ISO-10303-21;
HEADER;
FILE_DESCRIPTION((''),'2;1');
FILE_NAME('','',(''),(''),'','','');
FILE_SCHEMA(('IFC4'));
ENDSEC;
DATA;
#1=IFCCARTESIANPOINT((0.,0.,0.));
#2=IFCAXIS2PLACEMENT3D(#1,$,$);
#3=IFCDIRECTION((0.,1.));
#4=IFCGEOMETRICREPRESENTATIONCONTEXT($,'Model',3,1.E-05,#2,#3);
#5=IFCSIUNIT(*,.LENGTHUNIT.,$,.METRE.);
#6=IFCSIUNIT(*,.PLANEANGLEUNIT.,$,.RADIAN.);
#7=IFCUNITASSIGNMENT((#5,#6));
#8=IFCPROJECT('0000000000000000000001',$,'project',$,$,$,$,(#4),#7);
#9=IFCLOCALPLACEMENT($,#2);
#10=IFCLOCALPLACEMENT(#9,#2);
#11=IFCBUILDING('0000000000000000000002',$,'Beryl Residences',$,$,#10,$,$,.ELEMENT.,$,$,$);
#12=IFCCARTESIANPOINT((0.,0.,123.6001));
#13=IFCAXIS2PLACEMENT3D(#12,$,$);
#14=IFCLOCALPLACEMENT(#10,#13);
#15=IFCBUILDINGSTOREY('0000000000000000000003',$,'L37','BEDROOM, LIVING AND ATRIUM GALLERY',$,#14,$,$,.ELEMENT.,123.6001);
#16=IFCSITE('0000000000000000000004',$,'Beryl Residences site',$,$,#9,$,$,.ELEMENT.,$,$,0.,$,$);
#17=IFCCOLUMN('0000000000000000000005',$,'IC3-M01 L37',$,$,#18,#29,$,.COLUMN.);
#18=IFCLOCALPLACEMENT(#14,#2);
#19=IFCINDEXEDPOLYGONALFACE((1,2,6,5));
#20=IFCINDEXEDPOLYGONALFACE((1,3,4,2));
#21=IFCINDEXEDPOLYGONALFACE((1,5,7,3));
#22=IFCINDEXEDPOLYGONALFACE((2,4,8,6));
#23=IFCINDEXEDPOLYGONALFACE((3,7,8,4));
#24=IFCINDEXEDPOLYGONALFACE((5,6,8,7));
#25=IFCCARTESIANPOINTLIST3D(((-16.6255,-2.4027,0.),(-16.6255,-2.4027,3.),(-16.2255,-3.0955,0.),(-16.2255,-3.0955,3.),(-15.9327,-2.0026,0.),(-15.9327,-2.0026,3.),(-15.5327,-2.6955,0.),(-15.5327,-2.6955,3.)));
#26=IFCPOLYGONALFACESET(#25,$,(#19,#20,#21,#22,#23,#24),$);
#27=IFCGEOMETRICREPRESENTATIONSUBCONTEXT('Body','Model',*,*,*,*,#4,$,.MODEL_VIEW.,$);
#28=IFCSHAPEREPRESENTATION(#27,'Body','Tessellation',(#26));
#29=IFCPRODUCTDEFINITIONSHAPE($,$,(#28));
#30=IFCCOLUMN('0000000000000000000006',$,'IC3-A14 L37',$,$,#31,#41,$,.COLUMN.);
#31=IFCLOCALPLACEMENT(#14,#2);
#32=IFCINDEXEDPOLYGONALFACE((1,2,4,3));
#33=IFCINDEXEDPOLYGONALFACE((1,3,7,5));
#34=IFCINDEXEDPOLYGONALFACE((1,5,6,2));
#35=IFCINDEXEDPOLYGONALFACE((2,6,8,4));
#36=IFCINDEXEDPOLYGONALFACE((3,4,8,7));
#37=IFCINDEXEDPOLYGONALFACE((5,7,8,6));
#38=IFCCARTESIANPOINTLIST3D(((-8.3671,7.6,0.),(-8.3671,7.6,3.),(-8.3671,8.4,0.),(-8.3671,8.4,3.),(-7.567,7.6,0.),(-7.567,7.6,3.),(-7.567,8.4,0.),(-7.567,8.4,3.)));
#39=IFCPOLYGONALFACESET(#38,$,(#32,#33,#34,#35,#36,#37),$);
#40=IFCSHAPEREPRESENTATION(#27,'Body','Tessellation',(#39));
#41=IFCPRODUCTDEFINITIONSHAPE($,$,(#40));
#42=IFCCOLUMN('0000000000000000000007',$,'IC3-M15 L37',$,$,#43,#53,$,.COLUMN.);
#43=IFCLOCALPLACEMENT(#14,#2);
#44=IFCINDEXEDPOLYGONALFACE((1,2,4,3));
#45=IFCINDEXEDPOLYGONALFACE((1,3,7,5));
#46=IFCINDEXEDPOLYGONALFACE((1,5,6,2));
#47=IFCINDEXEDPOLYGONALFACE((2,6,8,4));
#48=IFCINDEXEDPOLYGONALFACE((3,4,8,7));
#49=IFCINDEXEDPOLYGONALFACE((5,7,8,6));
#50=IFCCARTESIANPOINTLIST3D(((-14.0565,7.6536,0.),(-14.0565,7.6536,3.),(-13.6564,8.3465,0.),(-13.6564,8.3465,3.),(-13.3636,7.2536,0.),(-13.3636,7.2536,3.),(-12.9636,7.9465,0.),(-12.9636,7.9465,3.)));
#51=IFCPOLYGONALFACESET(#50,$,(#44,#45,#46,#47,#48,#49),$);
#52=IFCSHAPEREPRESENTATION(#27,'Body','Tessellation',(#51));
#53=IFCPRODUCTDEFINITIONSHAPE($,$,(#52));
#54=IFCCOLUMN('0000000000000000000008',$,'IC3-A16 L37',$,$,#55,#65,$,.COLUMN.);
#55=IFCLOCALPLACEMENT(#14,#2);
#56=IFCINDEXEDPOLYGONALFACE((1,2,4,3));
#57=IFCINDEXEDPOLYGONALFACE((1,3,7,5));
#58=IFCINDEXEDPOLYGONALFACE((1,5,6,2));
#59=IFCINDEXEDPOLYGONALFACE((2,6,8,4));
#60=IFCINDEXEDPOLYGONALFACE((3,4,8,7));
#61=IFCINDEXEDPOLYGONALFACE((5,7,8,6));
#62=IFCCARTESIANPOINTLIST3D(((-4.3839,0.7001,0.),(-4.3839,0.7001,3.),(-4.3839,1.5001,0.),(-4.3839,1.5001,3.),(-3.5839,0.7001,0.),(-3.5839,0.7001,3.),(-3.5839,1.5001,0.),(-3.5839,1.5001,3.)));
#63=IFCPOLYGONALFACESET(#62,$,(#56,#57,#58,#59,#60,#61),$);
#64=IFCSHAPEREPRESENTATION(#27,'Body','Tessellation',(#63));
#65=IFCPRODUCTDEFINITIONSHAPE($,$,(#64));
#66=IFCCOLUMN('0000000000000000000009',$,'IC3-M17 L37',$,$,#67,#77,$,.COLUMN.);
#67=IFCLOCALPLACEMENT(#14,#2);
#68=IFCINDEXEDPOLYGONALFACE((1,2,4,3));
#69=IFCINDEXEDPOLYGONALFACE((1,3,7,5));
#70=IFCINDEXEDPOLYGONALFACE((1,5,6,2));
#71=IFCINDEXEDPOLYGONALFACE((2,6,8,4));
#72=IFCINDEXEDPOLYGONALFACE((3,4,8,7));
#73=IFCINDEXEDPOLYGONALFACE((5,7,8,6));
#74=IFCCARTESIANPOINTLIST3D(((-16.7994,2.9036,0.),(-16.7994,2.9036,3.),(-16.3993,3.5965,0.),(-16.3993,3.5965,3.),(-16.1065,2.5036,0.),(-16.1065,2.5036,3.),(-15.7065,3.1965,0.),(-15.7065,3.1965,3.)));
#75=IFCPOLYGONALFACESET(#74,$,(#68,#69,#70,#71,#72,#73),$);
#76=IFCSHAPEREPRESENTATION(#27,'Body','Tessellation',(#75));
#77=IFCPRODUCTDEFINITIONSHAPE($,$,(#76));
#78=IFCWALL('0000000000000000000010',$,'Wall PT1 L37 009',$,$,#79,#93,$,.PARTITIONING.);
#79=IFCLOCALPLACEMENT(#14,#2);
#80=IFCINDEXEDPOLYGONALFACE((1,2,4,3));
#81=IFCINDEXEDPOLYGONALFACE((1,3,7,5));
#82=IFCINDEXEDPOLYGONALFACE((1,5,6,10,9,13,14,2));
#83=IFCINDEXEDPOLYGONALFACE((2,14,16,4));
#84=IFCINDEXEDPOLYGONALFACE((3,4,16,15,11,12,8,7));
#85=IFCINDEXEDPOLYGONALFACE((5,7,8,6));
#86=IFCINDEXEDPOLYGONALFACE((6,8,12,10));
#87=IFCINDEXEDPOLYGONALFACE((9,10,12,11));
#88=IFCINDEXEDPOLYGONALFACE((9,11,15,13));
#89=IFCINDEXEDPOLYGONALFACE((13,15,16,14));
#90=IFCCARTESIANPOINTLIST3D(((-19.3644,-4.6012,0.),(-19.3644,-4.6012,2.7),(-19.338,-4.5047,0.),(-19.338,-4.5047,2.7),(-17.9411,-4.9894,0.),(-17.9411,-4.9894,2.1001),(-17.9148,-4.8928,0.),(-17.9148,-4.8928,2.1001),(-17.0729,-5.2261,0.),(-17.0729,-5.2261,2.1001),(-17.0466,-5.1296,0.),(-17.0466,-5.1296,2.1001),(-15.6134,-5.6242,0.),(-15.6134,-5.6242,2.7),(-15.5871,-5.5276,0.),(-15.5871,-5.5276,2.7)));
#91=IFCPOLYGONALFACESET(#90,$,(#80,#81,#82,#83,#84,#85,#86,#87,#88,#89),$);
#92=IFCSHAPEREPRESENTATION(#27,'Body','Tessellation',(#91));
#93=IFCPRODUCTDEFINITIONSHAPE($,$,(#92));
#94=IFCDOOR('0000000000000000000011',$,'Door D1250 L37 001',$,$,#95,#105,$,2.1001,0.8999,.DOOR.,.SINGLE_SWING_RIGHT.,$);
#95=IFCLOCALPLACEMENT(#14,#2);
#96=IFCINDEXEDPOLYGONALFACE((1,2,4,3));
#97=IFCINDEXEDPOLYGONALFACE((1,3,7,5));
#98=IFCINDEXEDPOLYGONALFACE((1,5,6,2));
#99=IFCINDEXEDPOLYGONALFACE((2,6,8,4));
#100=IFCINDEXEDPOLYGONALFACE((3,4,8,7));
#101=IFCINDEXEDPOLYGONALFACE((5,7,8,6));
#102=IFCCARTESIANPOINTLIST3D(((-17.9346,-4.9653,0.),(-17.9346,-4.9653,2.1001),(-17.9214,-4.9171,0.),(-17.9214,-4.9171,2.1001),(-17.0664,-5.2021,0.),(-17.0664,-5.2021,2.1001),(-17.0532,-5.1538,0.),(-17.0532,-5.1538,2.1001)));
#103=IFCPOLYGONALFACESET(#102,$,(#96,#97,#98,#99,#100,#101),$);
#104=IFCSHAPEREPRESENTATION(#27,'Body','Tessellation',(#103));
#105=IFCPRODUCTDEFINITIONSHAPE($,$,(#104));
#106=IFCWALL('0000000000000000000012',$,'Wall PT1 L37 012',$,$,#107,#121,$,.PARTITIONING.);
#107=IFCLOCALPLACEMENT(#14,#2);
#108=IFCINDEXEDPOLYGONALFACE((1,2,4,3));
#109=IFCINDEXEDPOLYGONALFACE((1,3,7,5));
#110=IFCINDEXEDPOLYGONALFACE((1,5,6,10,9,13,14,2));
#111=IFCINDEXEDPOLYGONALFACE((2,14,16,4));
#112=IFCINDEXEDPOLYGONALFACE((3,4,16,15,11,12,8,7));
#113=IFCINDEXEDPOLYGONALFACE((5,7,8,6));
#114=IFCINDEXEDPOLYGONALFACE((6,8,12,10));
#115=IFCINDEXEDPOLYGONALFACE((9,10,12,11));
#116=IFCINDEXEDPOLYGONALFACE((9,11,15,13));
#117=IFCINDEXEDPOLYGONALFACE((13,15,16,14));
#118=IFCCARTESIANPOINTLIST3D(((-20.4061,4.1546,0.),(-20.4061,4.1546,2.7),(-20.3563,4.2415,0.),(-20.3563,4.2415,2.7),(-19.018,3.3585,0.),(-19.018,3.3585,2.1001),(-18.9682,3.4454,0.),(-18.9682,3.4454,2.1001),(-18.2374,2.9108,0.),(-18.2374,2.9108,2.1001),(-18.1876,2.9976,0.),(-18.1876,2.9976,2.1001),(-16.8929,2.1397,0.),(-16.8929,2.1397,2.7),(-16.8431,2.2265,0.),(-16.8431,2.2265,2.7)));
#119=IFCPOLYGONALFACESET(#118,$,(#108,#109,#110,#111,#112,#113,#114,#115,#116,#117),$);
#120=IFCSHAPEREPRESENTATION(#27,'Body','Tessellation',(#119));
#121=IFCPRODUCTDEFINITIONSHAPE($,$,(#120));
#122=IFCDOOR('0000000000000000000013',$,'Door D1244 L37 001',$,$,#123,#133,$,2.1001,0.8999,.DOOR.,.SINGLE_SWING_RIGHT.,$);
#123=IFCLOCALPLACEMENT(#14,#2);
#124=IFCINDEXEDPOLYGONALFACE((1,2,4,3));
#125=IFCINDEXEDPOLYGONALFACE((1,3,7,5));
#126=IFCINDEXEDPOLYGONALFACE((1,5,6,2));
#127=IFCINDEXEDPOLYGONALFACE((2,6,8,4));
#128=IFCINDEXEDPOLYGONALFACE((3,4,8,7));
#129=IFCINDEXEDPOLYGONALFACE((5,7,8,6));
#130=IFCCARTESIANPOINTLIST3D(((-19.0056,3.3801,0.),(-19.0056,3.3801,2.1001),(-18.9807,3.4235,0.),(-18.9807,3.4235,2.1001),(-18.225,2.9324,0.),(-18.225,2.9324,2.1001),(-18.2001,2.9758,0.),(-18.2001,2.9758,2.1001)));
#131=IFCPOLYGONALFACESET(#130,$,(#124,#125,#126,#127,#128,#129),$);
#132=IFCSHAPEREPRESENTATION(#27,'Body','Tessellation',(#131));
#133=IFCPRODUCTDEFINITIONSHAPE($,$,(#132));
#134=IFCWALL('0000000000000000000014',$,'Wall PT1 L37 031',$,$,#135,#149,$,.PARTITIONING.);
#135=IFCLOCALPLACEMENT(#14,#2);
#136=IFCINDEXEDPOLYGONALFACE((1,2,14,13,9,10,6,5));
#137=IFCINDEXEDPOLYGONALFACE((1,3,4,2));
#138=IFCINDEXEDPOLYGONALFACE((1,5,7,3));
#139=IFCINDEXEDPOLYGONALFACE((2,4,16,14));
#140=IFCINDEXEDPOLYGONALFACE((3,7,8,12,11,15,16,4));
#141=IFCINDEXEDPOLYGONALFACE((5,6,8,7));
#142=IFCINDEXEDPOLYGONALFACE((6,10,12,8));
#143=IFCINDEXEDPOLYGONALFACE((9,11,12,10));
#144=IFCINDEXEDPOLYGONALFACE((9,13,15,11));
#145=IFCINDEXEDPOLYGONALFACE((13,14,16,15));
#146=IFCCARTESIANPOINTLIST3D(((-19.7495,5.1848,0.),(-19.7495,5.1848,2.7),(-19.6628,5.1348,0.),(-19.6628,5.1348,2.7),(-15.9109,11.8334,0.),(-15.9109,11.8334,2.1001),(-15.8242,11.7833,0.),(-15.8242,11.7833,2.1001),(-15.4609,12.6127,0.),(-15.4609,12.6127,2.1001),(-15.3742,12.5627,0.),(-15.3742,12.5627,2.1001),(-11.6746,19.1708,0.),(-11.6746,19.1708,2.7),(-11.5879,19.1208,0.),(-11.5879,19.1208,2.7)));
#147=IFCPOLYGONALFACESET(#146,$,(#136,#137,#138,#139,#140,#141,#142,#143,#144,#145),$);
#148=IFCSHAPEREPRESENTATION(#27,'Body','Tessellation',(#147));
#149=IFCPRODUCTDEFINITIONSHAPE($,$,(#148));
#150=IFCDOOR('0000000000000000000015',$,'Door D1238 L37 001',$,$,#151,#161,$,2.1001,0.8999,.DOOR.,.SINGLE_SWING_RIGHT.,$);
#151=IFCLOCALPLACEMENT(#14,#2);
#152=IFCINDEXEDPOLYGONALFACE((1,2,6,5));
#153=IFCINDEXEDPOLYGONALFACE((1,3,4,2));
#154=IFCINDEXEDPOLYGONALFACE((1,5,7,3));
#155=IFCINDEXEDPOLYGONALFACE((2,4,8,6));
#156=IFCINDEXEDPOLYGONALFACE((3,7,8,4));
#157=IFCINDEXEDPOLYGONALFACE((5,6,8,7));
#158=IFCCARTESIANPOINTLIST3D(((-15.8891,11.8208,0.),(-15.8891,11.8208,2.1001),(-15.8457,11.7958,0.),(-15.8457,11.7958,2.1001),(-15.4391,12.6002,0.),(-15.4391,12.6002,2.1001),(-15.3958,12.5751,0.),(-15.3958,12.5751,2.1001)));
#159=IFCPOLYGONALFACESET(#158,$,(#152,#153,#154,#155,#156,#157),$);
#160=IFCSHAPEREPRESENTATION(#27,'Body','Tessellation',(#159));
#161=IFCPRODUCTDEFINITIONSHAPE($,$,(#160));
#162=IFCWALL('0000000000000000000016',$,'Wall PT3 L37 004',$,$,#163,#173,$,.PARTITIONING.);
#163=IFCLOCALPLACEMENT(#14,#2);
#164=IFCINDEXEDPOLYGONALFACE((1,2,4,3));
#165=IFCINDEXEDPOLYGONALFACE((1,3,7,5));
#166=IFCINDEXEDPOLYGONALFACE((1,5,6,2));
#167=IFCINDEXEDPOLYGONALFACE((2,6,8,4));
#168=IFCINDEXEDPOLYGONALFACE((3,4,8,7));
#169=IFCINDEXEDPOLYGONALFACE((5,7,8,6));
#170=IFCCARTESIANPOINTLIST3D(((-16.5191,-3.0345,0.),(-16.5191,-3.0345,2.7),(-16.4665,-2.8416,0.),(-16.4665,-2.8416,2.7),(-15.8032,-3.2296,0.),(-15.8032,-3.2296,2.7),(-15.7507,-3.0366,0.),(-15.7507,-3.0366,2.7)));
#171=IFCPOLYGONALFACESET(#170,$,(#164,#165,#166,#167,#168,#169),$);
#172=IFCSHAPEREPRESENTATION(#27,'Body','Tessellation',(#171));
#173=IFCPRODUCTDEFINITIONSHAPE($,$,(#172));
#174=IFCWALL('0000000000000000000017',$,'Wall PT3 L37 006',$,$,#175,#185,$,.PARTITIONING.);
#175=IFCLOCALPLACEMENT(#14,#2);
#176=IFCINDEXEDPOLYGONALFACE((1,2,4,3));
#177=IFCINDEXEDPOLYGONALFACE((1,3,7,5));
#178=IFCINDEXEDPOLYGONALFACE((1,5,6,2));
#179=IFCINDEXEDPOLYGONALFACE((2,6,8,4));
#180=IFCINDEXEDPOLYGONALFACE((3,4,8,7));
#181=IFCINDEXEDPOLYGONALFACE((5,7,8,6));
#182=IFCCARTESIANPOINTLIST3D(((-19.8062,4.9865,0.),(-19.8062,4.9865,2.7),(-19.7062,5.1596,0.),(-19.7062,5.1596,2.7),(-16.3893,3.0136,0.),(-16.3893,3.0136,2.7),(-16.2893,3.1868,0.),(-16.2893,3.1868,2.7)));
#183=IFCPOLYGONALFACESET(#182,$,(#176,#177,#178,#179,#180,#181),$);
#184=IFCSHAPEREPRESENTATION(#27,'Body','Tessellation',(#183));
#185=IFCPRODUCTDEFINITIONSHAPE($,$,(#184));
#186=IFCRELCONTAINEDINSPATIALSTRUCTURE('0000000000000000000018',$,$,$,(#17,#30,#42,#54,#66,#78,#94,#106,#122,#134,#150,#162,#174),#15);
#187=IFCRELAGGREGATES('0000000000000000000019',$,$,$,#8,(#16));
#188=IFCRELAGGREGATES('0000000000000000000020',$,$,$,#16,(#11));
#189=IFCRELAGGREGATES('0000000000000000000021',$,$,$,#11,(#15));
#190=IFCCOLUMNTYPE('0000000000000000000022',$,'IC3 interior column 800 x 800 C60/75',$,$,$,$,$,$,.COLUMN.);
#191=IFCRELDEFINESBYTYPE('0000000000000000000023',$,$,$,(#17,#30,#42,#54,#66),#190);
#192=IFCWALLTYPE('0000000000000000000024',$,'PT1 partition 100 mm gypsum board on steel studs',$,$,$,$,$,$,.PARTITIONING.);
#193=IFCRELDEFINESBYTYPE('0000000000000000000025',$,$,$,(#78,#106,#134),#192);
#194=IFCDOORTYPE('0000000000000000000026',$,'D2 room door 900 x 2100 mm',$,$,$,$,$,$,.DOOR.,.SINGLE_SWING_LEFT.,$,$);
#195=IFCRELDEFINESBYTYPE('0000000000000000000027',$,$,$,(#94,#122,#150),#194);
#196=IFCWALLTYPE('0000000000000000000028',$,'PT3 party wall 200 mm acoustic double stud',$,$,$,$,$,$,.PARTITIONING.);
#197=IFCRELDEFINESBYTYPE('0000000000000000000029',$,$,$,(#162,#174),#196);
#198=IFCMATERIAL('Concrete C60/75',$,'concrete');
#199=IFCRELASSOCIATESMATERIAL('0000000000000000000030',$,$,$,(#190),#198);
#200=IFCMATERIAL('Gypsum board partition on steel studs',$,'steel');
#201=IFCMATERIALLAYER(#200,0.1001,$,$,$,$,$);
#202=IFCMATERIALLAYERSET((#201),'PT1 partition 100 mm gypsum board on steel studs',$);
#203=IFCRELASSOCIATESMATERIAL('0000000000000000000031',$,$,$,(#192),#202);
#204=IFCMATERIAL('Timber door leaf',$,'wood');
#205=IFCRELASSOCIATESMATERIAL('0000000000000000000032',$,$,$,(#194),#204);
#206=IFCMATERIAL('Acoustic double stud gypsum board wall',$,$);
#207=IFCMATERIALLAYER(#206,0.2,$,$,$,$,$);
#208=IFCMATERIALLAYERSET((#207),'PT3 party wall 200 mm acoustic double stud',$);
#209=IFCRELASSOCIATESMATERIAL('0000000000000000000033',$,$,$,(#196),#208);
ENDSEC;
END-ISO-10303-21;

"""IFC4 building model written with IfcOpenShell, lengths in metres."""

from ifc_helpers import new_model, si_unit, direction, frame, frame_2d, origin, origin_2d, place, context, subcontext, project, spatial, rectangle, extrude, material, layer, layer_set, material_profile, profile_set, type_object, element, fill, save


model = new_model("IFC4")

# Units and contexts
model_context = context("Model", 3, precision=1e-05, world=origin(), true_north=direction((0.0, 1.0)))
body_context = subcontext(model_context, "Body", "Model", "MODEL_VIEW")
ifc_project = project(units=[si_unit("LENGTHUNIT", "METRE"), si_unit("PLANEANGLEUNIT", "RADIAN")], contexts=[model_context])

# Site, building, storey
site_placement = place(None, origin())
site = spatial("IfcSite", under=ifc_project, at=site_placement, Name="Beryl Residences site", CompositionType="ELEMENT", RefElevation=0.0)
building_placement = place(site_placement, origin())
building = spatial("IfcBuilding", under=site, at=building_placement, Name="Beryl Residences", CompositionType="ELEMENT")
storey_placement = place(building_placement, frame((0.0, 0.0, 123.6001)))
storey = spatial("IfcBuildingStorey", under=building, at=storey_placement, Name="L37", Description="BEDROOM, LIVING AND ATRIUM GALLERY", CompositionType="ELEMENT", Elevation=123.6001)

# Columns
ifc_material_1 = material(Name="Concrete C60/75", Category="concrete")
ifc_material_profile = material_profile(ifc_material_1, rectangle(XDim=0.8, YDim=0.8, at=origin_2d()))
ifc_profile_set = profile_set([ifc_material_profile], Name="Concrete C60/75")
column_type = type_object("IfcColumnType", Name="IC3 interior column 800 x 800 C60/75", PredefinedType="COLUMN", material=ifc_profile_set)
for number, where, z_axis, x_axis, name in (
    (1, (-16.0791, -2.5491, 0.0), (0.0, 0.0, 1.0), (0.5, -0.866025, 0.0), "IC3-M01 L37"),
    (2, (-7.967, 8.0, 0.0), (0.0, 0.0, 1.0), (1.0, 0.0, 0.0), "IC3-A14 L37"),
    (3, (-13.51, 7.8, 0.0), (0.0, 0.0, 1.0), (-0.5, -0.866025, 0.0), "IC3-M15 L37"),
    (4, (-3.9839, 1.1001, 0.0), (0.0, 0.0, 1.0), (1.0, 0.0, 0.0), "IC3-A16 L37"),
    (5, (-16.2529, 3.05, 0.0), (0.0, 0.0, 1.0), (-0.5, -0.866025, 0.0), "IC3-M17 L37"),
):
    element("IfcColumn", number, at=place(storey_placement, frame(where, z_axis=z_axis, x_axis=x_axis)), inside=storey, type_object=column_type, Name=name, PredefinedType="COLUMN", context=body_context, shape_type="SweptSolid", body=[
        extrude(rectangle(XDim=0.8, YDim=0.8, at=origin_2d()), origin(), (0.0, 0.0, 1.0), 3.0),
    ])

# Walls, openings, doors
ifc_material_2 = material(Name="Gypsum board partition on steel studs", Category="steel")
ifc_layer_1 = layer(ifc_material_2, 0.1001)
ifc_layer_set_1 = layer_set([ifc_layer_1], Name="PT1 partition 100 mm gypsum board on steel studs")
wall_type_1 = type_object("IfcWallType", Name="PT1 partition 100 mm gypsum board on steel studs", PredefinedType="PARTITIONING", material=ifc_layer_set_1)
wall_1_placement = place(storey_placement, frame((-19.3511, -4.553, 0.0), z_axis=(0.0, 0.0, 1.0), x_axis=(0.964767, -0.263107, 0.0)))
wall_1 = element("IfcWall", 6, at=wall_1_placement, inside=storey, type_object=wall_type_1, Name="Wall PT1 L37 009", PredefinedType="PARTITIONING", context=body_context, shape_type="SweptSolid", body=[
    extrude(rectangle(XDim=3.8879, YDim=0.1001, at=frame_2d((1.9438, 0.0))), origin(), (0.0, 0.0, 1.0), 2.7),
])
opening_1_placement = place(wall_1_placement, frame((1.4751, 0.0, 0.0)))
opening_1 = element("IfcOpeningElement", 7, at=opening_1_placement, cuts=wall_1, PredefinedType="OPENING", context=body_context, shape_type="SweptSolid", body=[
    extrude(rectangle(XDim=0.8999, YDim=2.1001, at=frame_2d((0.45, 1.05))), frame((0.0, 0.0601, 0.0), z_axis=(0.0, -1.0, 0.0), x_axis=(1.0, 0.0, 0.0)), (0.0, 0.0, 1.0), 0.1201),
])
ifc_material_3 = material(Name="Timber door leaf", Category="wood")
door_type_1 = type_object("IfcDoorType", Name="D2 room door 900 x 2100 mm", OperationType="SINGLE_SWING_LEFT", PredefinedType="DOOR", material=ifc_material_3)
door_1_placement = place(opening_1_placement, origin())
door_1 = element("IfcDoor", 8, at=door_1_placement, inside=storey, type_object=door_type_1, Name="Door D1250 L37 001", OperationType="SINGLE_SWING_RIGHT", OverallHeight=2.1001, OverallWidth=0.8999, PredefinedType="DOOR", context=body_context, shape_type="SweptSolid", body=[
    extrude(rectangle(XDim=0.8999, YDim=2.1001, at=frame_2d((0.45, 1.05))), frame((0.0, 0.0249, 0.0), z_axis=(0.0, -1.0, 0.0), x_axis=(1.0, 0.0, 0.0)), (0.0, 0.0, 1.0), 0.05),
])
fill(opening_1, door_1)
wall_2_placement = place(storey_placement, frame((-20.3811, 4.198, 0.0), z_axis=(0.0, 0.0, 1.0), x_axis=(0.867459, -0.497508, 0.0)))
wall_2 = element("IfcWall", 9, at=wall_2_placement, inside=storey, type_object=wall_type_1, Name="Wall PT1 L37 012", PredefinedType="PARTITIONING", context=body_context, shape_type="SweptSolid", body=[
    extrude(rectangle(XDim=4.05, YDim=0.1001, at=frame_2d((2.0249, 0.0))), origin(), (0.0, 0.0, 1.0), 2.7),
])
opening_2_placement = place(wall_2_placement, frame((1.6001, 0.0, 0.0)))
opening_2 = element("IfcOpeningElement", 10, at=opening_2_placement, cuts=wall_2, PredefinedType="OPENING", context=body_context, shape_type="SweptSolid", body=[
    extrude(rectangle(XDim=0.8999, YDim=2.1001, at=frame_2d((0.45, 1.05))), frame((0.0, 0.0601, 0.0), z_axis=(0.0, -1.0, 0.0), x_axis=(1.0, 0.0, 0.0)), (0.0, 0.0, 1.0), 0.1201),
])
door_2_placement = place(opening_2_placement, origin())
door_2 = element("IfcDoor", 11, at=door_2_placement, inside=storey, type_object=door_type_1, Name="Door D1244 L37 001", OperationType="SINGLE_SWING_RIGHT", OverallHeight=2.1001, OverallWidth=0.8999, PredefinedType="DOOR", context=body_context, shape_type="SweptSolid", body=[
    extrude(rectangle(XDim=0.8999, YDim=2.1001, at=frame_2d((0.45, 1.05))), frame((0.0, 0.0249, 0.0), z_axis=(0.0, -1.0, 0.0), x_axis=(1.0, 0.0, 0.0)), (0.0, 0.0, 1.0), 0.05),
])
fill(opening_2, door_2)
wall_3_placement = place(storey_placement, frame((-19.7061, 5.1599, 0.0), z_axis=(0.0, 0.0, 1.0), x_axis=(0.500004, 0.866023, 0.0)))
wall_3 = element("IfcWall", 12, at=wall_3_placement, inside=storey, type_object=wall_type_1, Name="Wall PT1 L37 031", PredefinedType="PARTITIONING", context=body_context, shape_type="SweptSolid", body=[
    extrude(rectangle(XDim=16.1497, YDim=0.1001, at=frame_2d((8.0747, 0.0))), origin(), (0.0, 0.0, 1.0), 2.7),
])
opening_3_placement = place(wall_3_placement, frame((7.677, 0.0, 0.0)))
opening_3 = element("IfcOpeningElement", 13, at=opening_3_placement, cuts=wall_3, PredefinedType="OPENING", context=body_context, shape_type="SweptSolid", body=[
    extrude(rectangle(XDim=0.8999, YDim=2.1001, at=frame_2d((0.45, 1.05))), frame((0.0, 0.0601, 0.0), z_axis=(0.0, -1.0, 0.0), x_axis=(1.0, 0.0, 0.0)), (0.0, 0.0, 1.0), 0.1201),
])
door_3_placement = place(opening_3_placement, origin())
door_3 = element("IfcDoor", 14, at=door_3_placement, inside=storey, type_object=door_type_1, Name="Door D1238 L37 001", OperationType="SINGLE_SWING_RIGHT", OverallHeight=2.1001, OverallWidth=0.8999, PredefinedType="DOOR", context=body_context, shape_type="SweptSolid", body=[
    extrude(rectangle(XDim=0.8999, YDim=2.1001, at=frame_2d((0.45, 1.05))), frame((0.0, 0.0249, 0.0), z_axis=(0.0, -1.0, 0.0), x_axis=(1.0, 0.0, 0.0)), (0.0, 0.0, 1.0), 0.05),
])
fill(opening_3, door_3)

# Walls
ifc_material_4 = material(Name="Acoustic double stud gypsum board wall")
ifc_layer_2 = layer(ifc_material_4, 0.2)
ifc_layer_set_2 = layer_set([ifc_layer_2], Name="PT3 party wall 200 mm acoustic double stud")
wall_type_2 = type_object("IfcWallType", Name="PT3 party wall 200 mm acoustic double stud", PredefinedType="PARTITIONING", material=ifc_layer_set_2)
wall_4_placement = place(storey_placement, frame((-16.4929, -2.938, 0.0), z_axis=(0.0, 0.0, 1.0), x_axis=(0.964817, -0.262922, 0.0)))
element("IfcWall", 15, at=wall_4_placement, inside=storey, type_object=wall_type_2, Name="Wall PT3 L37 004", PredefinedType="PARTITIONING", context=body_context, shape_type="SweptSolid", body=[
    extrude(rectangle(XDim=0.7419, YDim=0.2, at=frame_2d((0.3711, 0.0))), origin(), (0.0, 0.0, 1.0), 2.7),
])
wall_5_placement = place(storey_placement, frame((-19.7561, 5.073, 0.0), z_axis=(0.0, 0.0, 1.0), x_axis=(0.866015, -0.500019, 0.0)))
element("IfcWall", 16, at=wall_5_placement, inside=storey, type_object=wall_type_2, Name="Wall PT3 L37 006", PredefinedType="PARTITIONING", context=body_context, shape_type="SweptSolid", body=[
    extrude(rectangle(XDim=3.9456, YDim=0.2, at=frame_2d((1.9727, 0.0))), origin(), (0.0, 0.0, 1.0), 2.7),
])

save(model, "model.ifc")
